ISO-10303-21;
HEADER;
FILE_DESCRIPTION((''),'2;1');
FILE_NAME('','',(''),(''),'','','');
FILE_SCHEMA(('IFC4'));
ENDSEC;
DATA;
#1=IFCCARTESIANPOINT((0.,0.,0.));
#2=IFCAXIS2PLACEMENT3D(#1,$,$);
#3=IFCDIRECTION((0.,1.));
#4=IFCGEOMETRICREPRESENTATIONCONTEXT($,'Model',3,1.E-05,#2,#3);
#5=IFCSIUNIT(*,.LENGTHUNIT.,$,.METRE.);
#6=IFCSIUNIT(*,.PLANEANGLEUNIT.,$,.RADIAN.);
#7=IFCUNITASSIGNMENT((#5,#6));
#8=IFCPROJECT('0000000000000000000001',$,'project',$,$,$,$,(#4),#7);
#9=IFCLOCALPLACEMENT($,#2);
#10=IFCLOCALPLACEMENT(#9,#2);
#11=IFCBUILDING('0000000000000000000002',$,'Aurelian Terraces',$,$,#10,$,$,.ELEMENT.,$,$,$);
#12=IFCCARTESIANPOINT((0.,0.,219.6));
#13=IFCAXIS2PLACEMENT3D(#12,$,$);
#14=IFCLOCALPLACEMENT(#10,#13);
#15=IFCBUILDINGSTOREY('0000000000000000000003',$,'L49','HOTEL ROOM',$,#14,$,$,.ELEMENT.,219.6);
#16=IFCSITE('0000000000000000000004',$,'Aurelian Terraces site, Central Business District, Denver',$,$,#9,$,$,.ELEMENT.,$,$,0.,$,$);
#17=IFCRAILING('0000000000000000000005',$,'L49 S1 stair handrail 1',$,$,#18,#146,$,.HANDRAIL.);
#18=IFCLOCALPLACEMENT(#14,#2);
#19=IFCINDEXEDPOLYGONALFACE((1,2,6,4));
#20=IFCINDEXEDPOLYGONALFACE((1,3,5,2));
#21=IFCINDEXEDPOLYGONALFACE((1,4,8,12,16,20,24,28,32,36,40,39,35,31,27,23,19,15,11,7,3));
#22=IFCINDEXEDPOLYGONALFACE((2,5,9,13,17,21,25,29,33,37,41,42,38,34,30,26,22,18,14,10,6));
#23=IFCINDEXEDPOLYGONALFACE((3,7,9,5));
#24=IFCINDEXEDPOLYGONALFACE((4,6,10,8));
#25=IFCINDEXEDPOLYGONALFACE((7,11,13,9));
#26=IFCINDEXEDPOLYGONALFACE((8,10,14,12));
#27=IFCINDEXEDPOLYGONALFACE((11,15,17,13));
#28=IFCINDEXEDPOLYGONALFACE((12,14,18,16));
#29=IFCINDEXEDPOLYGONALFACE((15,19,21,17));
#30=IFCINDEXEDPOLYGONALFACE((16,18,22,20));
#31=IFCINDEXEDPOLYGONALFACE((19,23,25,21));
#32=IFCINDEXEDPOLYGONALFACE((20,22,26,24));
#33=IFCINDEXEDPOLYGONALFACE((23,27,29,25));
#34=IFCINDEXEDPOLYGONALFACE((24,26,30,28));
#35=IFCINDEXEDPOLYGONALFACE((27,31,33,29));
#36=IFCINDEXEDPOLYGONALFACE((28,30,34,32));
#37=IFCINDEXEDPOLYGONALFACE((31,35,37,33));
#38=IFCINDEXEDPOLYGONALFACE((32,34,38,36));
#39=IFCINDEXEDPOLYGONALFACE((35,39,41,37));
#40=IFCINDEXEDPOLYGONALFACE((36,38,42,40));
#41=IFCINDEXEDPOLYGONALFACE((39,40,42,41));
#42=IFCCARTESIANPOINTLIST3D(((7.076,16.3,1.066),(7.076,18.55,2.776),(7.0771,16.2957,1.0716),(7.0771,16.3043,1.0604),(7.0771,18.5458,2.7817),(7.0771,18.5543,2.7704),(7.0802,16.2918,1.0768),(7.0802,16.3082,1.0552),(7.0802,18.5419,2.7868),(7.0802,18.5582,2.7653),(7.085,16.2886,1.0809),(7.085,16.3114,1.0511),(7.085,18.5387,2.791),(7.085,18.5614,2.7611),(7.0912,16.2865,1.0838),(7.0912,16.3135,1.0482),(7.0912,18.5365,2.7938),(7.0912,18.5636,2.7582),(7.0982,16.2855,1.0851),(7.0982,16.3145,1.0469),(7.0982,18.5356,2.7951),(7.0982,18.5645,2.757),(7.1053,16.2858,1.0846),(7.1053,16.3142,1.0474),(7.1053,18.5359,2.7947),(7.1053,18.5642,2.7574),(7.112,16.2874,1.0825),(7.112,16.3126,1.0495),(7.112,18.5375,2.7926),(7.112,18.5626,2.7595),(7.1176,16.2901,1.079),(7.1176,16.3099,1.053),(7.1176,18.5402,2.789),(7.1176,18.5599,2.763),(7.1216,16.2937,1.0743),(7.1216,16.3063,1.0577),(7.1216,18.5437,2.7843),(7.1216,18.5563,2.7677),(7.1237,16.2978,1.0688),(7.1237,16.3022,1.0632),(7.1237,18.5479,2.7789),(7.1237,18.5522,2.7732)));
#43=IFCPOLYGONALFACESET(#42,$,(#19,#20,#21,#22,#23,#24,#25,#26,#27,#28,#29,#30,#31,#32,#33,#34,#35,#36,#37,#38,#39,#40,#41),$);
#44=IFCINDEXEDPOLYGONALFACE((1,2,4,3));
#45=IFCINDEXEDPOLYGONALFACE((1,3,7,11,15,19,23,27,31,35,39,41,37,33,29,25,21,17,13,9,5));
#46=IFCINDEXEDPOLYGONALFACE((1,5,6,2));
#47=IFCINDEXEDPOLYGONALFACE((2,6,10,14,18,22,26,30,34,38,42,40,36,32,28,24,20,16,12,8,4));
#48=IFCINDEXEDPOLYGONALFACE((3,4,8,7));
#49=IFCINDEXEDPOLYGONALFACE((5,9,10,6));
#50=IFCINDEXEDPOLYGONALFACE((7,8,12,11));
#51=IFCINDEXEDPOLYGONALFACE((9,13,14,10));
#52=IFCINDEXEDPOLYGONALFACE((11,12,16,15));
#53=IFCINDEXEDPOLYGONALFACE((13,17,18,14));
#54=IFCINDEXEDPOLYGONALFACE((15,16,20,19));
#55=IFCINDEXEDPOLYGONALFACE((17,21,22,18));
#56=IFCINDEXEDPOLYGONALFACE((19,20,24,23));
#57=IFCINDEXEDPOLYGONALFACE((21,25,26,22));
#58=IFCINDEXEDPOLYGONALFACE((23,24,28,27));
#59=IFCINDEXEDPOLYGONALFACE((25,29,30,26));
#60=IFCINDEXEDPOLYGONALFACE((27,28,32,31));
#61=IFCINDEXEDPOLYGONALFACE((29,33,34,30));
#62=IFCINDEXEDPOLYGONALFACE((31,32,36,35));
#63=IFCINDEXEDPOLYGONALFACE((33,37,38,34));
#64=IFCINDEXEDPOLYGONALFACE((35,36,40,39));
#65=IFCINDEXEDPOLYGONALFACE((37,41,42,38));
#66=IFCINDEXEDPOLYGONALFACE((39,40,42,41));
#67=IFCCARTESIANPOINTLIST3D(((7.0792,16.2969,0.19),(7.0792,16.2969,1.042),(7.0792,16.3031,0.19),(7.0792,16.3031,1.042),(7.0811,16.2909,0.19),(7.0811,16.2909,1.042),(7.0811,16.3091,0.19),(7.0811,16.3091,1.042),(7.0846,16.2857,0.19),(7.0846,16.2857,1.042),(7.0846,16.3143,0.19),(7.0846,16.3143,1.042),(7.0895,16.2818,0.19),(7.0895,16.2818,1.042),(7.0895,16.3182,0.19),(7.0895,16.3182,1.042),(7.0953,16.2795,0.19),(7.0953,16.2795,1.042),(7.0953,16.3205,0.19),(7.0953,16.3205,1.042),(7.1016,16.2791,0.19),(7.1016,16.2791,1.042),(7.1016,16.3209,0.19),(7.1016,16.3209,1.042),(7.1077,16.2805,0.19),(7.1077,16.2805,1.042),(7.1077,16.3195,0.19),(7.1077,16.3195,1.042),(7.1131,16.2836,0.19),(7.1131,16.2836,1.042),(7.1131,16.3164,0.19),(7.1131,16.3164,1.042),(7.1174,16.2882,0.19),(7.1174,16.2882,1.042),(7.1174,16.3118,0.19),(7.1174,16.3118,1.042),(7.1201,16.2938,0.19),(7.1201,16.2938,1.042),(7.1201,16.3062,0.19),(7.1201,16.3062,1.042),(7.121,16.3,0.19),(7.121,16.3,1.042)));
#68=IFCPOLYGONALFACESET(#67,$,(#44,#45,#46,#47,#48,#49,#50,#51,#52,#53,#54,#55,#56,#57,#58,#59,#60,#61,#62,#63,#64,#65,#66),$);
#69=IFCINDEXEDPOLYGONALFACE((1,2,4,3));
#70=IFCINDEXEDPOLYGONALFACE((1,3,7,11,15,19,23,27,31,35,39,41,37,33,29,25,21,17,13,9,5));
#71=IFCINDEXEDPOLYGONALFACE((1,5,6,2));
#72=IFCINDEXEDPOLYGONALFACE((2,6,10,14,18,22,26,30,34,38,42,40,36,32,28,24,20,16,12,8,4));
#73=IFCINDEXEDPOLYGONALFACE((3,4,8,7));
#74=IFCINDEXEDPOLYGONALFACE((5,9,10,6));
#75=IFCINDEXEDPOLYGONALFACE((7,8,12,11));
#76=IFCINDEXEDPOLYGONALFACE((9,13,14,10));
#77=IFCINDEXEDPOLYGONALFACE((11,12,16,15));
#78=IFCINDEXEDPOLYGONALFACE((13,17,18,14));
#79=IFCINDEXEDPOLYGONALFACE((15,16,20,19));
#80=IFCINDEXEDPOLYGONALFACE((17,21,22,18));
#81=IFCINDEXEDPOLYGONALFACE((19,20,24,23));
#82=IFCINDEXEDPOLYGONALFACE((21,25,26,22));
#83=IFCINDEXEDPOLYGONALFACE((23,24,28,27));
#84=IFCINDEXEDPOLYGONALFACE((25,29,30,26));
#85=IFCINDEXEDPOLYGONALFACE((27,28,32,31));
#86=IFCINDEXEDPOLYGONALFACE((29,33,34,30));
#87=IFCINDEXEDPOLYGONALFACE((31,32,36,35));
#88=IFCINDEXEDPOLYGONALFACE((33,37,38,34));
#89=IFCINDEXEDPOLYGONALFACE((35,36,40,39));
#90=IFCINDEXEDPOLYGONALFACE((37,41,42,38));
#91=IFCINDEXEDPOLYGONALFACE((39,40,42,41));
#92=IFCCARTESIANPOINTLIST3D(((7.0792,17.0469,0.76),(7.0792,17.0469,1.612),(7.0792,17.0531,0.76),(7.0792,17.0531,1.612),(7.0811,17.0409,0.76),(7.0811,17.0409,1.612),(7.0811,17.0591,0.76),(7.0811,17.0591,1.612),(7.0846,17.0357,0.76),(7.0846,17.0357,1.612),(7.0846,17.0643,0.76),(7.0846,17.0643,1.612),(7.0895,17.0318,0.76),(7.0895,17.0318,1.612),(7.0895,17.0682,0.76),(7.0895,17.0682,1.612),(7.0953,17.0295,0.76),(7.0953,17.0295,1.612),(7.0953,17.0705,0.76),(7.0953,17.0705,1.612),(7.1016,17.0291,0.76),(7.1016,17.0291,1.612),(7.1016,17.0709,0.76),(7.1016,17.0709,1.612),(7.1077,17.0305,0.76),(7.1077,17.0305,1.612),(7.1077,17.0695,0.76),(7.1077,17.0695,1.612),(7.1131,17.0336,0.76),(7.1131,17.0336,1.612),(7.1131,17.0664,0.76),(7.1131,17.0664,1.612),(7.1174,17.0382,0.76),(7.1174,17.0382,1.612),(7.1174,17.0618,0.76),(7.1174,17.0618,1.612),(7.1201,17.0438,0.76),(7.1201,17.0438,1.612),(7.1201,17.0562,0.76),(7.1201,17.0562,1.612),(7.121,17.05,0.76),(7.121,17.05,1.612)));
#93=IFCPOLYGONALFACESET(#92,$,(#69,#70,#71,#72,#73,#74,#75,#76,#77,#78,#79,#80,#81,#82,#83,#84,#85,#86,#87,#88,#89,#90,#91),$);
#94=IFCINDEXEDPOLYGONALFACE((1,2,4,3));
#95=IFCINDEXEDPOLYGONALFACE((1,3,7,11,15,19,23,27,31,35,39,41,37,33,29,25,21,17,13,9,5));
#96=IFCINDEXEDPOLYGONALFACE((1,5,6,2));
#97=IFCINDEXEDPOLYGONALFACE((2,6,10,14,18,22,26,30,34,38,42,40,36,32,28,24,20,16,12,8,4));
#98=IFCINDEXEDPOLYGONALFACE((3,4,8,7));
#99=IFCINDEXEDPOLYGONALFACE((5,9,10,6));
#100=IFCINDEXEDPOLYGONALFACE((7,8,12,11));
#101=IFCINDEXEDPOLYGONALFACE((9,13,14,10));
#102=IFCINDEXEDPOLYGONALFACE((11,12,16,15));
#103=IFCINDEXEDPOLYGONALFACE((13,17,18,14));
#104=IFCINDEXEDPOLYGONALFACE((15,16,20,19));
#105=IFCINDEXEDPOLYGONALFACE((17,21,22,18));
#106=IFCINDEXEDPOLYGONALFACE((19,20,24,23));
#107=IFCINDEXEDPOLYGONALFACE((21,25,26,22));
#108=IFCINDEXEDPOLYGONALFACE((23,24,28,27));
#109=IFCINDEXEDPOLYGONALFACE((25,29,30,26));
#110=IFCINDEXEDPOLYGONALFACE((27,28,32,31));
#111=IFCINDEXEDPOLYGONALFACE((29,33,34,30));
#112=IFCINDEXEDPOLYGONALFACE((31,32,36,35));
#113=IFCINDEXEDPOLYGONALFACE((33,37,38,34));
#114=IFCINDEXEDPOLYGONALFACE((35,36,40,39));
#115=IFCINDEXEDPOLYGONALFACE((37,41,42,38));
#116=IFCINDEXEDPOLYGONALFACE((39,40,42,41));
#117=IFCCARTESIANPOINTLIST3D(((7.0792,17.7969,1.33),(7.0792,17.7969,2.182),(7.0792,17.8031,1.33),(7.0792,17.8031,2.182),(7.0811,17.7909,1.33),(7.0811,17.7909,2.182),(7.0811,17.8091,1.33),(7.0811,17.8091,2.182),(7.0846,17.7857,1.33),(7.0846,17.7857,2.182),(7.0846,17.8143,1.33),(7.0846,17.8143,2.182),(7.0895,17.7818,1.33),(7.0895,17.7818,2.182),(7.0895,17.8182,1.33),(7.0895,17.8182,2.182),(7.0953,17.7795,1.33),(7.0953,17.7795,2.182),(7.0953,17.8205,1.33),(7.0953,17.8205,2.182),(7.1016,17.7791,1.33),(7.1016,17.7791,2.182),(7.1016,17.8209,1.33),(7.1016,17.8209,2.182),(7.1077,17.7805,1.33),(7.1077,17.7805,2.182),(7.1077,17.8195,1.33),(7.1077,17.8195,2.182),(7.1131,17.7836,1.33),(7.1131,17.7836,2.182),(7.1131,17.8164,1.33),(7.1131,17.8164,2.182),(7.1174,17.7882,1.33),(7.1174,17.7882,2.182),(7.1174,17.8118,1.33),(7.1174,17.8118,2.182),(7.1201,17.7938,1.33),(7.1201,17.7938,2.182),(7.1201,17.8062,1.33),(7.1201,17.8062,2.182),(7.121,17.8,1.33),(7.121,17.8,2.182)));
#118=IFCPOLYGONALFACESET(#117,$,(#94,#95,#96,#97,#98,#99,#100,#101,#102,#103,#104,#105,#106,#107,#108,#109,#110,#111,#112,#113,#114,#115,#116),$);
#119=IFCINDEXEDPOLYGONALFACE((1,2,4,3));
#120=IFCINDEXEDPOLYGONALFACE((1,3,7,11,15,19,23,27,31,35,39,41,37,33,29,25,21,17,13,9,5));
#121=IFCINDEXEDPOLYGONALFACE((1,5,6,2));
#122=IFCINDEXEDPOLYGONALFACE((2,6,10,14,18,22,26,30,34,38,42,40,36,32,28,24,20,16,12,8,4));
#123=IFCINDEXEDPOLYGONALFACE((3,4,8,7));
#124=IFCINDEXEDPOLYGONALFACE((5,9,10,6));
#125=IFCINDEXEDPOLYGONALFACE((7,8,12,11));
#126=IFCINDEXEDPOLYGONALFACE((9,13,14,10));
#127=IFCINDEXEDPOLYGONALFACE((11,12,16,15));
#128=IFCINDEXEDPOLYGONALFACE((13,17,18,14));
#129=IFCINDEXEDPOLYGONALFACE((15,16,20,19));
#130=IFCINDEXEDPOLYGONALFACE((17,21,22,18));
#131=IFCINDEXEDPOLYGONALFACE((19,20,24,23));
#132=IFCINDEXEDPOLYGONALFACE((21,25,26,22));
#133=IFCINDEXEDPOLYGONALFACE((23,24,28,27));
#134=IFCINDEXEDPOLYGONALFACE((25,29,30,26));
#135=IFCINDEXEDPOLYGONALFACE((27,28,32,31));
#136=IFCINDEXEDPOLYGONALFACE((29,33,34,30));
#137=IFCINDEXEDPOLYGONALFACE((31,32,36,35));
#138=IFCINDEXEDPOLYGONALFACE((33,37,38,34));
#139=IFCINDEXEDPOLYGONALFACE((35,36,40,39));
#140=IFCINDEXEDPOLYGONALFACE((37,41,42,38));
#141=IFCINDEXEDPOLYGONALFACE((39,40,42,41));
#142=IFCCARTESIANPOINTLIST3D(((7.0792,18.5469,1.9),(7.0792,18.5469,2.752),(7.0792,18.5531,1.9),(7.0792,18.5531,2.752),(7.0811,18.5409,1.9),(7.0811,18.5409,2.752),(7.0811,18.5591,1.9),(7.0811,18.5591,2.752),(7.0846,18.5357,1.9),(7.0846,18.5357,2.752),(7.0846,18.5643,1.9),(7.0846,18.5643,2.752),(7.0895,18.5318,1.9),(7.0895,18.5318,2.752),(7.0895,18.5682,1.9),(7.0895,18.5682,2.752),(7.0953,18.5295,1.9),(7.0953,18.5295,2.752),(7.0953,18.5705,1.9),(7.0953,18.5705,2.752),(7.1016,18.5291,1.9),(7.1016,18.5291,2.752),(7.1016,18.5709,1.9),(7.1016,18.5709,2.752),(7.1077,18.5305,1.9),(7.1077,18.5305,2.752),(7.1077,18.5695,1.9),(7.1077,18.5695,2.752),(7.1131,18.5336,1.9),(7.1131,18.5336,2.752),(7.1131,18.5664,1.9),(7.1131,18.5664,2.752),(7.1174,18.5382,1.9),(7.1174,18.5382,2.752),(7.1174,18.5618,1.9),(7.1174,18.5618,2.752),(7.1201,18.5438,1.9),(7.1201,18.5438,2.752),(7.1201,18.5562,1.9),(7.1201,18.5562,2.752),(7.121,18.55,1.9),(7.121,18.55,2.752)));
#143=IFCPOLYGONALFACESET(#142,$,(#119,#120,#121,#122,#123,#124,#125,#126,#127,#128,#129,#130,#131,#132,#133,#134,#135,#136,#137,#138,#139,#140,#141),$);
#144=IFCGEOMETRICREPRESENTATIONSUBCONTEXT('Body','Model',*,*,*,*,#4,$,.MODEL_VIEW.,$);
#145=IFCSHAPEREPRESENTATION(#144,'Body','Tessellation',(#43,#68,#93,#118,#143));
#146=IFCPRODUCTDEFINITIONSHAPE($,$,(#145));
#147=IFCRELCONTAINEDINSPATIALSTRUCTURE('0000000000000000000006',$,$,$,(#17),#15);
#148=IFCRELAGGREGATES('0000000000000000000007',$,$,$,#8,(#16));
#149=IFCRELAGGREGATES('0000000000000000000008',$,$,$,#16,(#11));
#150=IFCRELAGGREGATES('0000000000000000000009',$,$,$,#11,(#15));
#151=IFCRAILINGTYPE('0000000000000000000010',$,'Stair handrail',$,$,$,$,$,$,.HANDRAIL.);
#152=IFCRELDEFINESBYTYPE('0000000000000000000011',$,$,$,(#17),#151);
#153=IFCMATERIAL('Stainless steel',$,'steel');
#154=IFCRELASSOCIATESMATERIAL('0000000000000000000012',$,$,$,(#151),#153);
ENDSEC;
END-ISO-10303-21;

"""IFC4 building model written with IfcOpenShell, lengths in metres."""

from ifc_helpers import new_model, si_unit, direction, frame, origin, origin_2d, place, context, subcontext, project, spatial, circle, extrude, source, transform, mapped, material, type_object, element, save


model = new_model("IFC4")

# Units and contexts
model_context = context("Model", 3, precision=1e-05, world=origin(), true_north=direction((0.0, 1.0)))
body_context = subcontext(model_context, "Body", "Model", "MODEL_VIEW")
ifc_project = project(units=[si_unit("LENGTHUNIT", "METRE"), si_unit("PLANEANGLEUNIT", "RADIAN")], contexts=[model_context])

# Site, building, storey
site_placement = place(None, origin())
site = spatial("IfcSite", under=ifc_project, at=site_placement, Name="Aurelian Terraces site, Central Business District, Denver", CompositionType="ELEMENT", RefElevation=0.0)
building_placement = place(site_placement, origin())
building = spatial("IfcBuilding", under=site, at=building_placement, Name="Aurelian Terraces", CompositionType="ELEMENT")
storey_placement = place(building_placement, frame((0.0, 0.0, 219.6)))
storey = spatial("IfcBuildingStorey", under=building, at=storey_placement, Name="L49", Description="HOTEL ROOM", CompositionType="ELEMENT", Elevation=219.6)

# Shared definitions
ifc_material_1 = material(Name="Stainless steel", Category="steel")

# Railing
railing_type_1 = type_object("IfcRailingType", Name="Stair handrail", PredefinedType="HANDRAIL", material=ifc_material_1)
shared_shape_1 = source(origin(), body_context, "Body", "SweptSolid", [
    extrude(circle(Radius=0.024, at=origin_2d()), frame((0.0, 0.0, 0.876), z_axis=(0.0, 0.796162, 0.605083), x_axis=(-1.0, 0.0, 0.0)), (0.0, 0.0, 1.0), 2.8261),
    extrude(circle(Radius=0.021, at=origin_2d()), origin(), (0.0, 0.0, 1.0), 0.852),
    extrude(circle(Radius=0.021, at=origin_2d()), frame((0.0, 0.75, 0.57)), (0.0, 0.0, 1.0), 0.852),
    extrude(circle(Radius=0.021, at=origin_2d()), frame((0.0, 1.5, 1.14)), (0.0, 0.0, 1.0), 0.852),
    extrude(circle(Radius=0.021, at=origin_2d()), frame((0.0, 2.25, 1.71)), (0.0, 0.0, 1.0), 0.852),
])
railing_1_placement = place(storey_placement, frame((7.1, 16.3, 0.19)))
element("IfcRailing", 1, at=railing_1_placement, inside=storey, type_object=railing_type_1, Name="L49 S1 stair handrail 1", PredefinedType="HANDRAIL", context=body_context, shape_type="MappedRepresentation", body=[
    mapped(shared_shape_1, transform((0.0, 0.0, 0.0), scale=1.0)),
])

save(model, "model.ifc")
